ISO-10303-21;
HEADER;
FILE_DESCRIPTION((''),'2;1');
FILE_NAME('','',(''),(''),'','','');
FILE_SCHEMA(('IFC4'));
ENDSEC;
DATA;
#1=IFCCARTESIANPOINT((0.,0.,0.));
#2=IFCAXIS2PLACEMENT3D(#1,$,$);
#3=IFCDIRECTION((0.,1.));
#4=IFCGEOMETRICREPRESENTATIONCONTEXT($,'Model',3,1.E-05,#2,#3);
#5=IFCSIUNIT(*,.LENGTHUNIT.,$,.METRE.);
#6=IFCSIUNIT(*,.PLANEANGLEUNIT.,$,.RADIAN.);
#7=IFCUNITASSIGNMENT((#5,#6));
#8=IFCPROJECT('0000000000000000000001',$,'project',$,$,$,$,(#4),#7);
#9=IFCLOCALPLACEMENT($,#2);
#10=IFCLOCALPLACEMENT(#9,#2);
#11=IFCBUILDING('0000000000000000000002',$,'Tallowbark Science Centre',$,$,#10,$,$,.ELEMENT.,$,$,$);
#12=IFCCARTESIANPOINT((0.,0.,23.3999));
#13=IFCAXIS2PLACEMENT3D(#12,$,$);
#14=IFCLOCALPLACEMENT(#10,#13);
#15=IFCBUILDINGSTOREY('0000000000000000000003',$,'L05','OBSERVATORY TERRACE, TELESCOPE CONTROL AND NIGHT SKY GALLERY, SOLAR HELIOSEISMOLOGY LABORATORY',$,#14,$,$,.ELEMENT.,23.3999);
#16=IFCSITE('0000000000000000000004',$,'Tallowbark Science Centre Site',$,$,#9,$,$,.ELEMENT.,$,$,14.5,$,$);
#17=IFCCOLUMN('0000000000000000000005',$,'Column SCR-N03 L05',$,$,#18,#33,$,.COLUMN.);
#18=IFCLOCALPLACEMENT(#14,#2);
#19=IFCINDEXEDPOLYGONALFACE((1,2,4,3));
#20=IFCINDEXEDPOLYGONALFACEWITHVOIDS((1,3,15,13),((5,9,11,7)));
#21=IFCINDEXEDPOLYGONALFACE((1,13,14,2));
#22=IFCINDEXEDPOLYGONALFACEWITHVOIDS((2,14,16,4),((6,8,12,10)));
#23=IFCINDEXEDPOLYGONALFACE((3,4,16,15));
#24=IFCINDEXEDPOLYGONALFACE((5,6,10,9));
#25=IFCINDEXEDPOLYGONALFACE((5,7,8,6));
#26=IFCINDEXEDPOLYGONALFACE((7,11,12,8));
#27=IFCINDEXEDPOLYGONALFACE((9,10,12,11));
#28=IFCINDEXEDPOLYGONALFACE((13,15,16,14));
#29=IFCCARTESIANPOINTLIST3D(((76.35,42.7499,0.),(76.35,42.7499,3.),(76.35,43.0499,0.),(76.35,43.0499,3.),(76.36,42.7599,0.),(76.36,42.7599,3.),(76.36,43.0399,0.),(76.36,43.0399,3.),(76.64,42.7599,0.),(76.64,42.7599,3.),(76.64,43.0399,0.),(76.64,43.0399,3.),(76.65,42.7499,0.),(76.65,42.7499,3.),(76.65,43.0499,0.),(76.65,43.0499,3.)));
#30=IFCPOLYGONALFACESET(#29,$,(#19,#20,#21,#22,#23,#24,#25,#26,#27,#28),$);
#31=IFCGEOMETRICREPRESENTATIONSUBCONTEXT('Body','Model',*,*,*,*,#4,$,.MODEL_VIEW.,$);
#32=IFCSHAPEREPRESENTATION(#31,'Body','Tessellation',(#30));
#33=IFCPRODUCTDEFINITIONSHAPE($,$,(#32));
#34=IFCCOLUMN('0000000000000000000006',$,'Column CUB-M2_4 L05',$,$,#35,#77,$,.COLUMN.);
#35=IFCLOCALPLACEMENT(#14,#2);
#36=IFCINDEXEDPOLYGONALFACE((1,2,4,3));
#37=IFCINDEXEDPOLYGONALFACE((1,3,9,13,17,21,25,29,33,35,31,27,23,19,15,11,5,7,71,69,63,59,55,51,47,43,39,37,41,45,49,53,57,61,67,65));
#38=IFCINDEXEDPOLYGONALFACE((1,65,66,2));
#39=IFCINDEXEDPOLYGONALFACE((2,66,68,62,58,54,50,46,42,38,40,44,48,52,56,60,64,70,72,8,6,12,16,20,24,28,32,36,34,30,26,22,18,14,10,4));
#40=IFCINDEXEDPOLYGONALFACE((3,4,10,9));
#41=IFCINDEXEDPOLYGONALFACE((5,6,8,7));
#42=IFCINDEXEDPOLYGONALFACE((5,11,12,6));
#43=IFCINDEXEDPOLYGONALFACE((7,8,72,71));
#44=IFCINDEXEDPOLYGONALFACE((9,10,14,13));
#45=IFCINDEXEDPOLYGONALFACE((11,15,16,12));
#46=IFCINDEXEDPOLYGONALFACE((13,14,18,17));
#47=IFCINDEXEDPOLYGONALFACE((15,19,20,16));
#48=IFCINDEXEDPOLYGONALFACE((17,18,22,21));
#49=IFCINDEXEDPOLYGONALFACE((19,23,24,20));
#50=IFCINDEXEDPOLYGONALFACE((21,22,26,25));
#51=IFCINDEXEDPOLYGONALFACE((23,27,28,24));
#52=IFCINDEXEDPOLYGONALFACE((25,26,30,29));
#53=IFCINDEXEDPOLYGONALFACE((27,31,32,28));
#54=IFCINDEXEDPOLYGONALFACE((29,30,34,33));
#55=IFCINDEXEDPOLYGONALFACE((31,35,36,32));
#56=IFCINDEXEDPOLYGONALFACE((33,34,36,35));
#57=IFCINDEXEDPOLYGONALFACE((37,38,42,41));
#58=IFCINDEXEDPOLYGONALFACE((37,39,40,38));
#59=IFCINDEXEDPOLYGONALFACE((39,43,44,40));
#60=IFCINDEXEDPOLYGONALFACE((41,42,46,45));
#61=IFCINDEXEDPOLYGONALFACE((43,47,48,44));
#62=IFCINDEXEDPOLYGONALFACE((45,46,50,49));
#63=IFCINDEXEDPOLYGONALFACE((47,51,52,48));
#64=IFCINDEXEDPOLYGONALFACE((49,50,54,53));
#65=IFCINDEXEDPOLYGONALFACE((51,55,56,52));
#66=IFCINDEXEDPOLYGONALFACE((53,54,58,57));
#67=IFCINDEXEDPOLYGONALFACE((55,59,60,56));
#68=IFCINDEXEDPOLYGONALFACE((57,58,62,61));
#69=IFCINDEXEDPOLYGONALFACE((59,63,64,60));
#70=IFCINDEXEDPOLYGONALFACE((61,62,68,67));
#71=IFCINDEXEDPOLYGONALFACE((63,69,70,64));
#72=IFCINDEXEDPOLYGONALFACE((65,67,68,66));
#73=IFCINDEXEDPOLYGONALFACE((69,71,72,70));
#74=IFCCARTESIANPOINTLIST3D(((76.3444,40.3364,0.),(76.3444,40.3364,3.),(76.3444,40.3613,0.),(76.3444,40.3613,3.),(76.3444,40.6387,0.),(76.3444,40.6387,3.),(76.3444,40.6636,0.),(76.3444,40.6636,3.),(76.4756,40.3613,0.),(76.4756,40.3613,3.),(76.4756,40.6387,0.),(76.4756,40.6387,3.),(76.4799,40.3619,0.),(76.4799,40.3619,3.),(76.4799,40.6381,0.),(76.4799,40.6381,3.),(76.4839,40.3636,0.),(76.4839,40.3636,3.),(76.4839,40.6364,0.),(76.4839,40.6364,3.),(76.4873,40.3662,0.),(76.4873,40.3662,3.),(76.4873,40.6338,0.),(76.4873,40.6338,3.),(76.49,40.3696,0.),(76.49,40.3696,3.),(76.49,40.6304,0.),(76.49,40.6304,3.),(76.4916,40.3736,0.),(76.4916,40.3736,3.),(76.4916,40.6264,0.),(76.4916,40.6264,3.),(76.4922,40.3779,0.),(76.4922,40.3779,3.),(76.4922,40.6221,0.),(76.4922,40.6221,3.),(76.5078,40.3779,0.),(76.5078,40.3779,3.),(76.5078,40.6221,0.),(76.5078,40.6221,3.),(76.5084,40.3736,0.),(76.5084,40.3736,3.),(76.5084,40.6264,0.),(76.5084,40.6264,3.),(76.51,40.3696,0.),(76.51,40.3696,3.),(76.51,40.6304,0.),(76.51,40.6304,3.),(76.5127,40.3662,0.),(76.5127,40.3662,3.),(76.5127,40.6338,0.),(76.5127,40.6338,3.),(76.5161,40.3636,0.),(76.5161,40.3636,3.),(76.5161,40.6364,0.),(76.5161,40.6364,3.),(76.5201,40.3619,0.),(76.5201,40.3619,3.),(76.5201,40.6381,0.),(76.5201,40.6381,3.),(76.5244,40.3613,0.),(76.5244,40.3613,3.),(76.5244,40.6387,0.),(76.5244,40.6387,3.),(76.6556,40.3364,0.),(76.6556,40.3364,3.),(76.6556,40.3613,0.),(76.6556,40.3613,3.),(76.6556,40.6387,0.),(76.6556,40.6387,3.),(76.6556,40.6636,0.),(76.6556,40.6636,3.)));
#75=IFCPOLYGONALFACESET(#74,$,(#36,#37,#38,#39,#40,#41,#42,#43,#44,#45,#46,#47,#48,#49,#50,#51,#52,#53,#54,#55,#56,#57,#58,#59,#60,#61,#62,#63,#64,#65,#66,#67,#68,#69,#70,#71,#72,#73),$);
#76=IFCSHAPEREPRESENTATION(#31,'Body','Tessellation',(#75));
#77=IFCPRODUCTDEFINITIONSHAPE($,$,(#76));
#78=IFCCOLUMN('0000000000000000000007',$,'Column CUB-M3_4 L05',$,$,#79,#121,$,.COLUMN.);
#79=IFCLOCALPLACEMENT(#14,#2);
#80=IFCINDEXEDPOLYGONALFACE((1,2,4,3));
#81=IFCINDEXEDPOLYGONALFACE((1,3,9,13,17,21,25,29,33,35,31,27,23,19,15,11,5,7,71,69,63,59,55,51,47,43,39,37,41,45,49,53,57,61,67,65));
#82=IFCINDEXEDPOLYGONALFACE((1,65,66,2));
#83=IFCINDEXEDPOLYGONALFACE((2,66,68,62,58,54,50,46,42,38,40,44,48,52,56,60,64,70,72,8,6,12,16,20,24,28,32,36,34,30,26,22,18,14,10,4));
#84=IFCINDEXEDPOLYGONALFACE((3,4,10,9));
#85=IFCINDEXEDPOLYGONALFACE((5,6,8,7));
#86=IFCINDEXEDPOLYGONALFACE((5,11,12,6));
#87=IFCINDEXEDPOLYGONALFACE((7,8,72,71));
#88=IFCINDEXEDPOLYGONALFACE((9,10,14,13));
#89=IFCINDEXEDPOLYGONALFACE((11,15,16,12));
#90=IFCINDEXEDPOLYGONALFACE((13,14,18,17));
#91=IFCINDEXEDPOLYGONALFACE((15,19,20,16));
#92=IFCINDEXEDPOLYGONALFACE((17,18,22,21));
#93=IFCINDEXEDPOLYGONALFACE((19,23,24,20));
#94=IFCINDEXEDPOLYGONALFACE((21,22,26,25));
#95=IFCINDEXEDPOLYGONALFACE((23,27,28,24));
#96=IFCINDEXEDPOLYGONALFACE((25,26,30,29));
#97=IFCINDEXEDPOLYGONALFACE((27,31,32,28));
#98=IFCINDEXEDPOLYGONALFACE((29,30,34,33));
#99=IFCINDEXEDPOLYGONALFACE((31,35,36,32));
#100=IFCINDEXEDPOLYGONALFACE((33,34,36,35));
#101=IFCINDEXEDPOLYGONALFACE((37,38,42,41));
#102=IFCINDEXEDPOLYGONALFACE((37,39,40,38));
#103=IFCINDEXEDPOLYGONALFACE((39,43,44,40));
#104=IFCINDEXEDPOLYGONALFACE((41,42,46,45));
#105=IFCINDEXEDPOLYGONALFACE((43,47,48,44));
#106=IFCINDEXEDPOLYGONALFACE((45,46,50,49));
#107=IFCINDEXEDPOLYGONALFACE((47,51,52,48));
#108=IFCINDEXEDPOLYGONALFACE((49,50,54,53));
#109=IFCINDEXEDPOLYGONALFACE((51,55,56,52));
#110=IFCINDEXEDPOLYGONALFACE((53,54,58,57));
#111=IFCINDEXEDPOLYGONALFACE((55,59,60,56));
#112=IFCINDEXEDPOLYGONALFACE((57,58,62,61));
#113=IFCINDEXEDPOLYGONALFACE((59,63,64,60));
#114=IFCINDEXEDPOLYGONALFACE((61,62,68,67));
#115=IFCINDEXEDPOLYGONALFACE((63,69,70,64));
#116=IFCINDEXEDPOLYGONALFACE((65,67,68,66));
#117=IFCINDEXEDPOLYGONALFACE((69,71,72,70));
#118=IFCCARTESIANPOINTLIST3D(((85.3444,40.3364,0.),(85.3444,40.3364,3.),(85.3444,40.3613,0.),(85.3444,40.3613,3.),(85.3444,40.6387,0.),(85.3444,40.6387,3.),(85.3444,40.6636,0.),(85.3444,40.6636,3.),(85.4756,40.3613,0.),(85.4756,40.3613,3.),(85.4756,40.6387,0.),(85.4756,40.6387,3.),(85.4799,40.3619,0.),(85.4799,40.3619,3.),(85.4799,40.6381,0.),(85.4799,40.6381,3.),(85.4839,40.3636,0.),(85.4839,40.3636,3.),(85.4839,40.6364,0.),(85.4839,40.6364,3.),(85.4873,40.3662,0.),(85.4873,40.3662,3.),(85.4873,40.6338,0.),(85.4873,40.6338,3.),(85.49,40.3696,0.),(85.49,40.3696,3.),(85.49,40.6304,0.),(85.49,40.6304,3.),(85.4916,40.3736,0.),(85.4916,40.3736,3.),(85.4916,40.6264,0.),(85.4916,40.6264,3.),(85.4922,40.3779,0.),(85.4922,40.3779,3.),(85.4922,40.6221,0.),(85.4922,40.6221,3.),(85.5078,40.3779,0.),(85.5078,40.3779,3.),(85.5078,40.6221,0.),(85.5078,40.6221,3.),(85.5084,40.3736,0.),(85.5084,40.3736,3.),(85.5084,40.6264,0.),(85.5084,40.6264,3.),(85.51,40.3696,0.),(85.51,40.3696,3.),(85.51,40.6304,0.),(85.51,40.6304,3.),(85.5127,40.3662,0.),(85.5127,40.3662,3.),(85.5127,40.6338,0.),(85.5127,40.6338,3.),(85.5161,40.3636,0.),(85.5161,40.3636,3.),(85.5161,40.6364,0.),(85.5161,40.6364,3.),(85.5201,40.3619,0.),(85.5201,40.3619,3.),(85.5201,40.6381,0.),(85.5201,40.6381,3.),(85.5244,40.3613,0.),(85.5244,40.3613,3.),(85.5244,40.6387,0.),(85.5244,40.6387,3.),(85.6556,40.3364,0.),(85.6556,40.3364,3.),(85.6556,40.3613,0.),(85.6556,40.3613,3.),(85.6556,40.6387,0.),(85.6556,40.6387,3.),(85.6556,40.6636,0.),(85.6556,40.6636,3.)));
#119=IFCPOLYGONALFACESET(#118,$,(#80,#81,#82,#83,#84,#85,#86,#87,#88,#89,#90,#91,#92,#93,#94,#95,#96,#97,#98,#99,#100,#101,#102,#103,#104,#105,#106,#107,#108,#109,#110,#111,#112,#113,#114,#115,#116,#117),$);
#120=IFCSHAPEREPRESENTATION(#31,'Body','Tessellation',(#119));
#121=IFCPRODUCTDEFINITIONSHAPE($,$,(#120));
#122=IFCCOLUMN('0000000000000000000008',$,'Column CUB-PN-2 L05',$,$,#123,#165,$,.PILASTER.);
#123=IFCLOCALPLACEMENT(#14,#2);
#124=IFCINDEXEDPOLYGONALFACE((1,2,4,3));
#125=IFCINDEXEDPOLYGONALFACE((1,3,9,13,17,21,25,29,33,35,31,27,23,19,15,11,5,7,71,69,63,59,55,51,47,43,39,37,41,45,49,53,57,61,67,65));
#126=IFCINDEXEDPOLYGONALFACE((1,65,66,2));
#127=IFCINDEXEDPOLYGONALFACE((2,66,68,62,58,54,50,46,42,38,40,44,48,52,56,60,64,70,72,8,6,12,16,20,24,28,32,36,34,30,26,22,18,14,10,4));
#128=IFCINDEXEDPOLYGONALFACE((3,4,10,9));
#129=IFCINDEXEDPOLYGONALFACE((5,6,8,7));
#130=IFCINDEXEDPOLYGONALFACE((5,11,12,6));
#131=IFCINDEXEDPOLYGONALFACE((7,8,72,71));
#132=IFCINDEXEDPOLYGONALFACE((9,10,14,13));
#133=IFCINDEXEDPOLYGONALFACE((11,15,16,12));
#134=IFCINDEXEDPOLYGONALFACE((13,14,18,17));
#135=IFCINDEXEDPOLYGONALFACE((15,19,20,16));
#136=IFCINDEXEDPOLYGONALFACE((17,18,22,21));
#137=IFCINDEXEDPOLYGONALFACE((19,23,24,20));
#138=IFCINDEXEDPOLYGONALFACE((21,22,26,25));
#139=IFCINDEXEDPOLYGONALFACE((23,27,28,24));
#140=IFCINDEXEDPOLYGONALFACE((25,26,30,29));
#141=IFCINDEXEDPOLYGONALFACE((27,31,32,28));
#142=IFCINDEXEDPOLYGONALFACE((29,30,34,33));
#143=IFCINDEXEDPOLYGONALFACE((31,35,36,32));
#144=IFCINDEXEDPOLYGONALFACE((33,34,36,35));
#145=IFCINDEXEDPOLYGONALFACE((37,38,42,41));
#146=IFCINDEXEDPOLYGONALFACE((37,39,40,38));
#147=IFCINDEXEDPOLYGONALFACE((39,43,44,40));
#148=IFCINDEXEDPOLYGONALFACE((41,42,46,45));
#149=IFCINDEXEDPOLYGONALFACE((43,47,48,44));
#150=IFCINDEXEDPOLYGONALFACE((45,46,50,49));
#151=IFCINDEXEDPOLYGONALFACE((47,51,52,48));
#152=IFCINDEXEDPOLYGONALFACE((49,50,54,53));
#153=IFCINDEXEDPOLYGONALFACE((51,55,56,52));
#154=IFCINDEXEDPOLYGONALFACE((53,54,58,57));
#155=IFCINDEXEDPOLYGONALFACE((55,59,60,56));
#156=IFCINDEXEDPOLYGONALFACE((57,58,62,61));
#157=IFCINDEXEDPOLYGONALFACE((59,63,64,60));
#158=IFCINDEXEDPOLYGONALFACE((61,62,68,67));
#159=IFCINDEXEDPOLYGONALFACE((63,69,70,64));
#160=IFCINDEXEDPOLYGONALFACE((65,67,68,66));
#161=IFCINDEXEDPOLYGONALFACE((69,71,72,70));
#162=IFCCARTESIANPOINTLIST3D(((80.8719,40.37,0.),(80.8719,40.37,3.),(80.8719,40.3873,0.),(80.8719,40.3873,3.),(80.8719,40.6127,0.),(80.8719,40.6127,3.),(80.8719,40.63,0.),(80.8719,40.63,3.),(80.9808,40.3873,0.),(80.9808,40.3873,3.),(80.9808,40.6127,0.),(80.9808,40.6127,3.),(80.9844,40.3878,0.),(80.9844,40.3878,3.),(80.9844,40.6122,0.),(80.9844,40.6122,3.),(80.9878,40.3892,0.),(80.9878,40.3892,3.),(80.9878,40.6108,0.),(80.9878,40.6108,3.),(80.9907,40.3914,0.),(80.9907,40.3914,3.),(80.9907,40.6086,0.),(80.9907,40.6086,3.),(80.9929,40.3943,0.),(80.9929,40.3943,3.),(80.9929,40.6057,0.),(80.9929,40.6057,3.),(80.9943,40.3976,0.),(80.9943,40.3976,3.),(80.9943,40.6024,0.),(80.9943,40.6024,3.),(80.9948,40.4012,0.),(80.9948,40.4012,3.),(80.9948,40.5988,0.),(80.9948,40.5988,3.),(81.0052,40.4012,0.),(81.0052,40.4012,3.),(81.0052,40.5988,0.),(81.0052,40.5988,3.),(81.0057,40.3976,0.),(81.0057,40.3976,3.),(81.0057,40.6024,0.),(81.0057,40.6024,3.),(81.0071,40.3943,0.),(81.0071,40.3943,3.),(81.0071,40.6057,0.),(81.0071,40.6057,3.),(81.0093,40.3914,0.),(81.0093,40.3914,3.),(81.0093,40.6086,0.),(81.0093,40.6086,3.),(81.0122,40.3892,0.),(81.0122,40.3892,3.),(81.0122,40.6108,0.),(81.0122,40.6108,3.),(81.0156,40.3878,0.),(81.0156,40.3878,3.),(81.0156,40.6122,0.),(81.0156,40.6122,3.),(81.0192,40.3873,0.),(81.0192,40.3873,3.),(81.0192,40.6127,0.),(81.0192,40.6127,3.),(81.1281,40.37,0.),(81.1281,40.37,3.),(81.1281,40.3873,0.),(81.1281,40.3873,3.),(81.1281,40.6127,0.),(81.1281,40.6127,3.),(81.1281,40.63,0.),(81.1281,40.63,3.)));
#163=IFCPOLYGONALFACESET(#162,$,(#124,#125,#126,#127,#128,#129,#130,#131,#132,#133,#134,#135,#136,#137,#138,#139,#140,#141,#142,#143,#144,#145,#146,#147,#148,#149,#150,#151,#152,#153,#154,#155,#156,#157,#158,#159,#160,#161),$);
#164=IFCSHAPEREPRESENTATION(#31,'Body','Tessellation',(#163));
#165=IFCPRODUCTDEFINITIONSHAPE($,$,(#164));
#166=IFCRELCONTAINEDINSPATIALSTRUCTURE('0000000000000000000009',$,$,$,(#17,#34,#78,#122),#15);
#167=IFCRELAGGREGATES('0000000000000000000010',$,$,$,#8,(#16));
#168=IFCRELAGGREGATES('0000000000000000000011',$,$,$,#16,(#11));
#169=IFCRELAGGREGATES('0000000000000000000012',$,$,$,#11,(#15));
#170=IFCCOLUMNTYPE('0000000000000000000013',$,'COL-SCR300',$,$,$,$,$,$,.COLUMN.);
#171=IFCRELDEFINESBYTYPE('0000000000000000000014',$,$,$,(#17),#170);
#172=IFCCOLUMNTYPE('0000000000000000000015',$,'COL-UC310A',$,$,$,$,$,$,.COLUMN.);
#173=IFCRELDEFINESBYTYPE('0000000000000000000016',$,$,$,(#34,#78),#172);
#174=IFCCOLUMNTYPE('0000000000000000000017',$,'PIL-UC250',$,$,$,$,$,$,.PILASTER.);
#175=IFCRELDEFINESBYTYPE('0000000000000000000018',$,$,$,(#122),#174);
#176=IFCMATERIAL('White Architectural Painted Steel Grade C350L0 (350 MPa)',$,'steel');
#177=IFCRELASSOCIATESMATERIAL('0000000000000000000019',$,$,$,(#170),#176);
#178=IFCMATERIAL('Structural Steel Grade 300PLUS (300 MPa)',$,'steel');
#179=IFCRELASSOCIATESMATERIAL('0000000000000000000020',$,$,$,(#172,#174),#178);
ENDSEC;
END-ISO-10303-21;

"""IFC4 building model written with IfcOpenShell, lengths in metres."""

from ifc_helpers import new_model, si_unit, direction, frame, origin, origin_2d, place, context, subcontext, project, spatial, hollow_rectangle, i_section, extrude, material, material_profile, profile_set, type_object, element, save


model = new_model("IFC4")

# Units and contexts
model_context = context("Model", 3, precision=1e-05, world=origin(), true_north=direction((0.0, 1.0)))
body_context = subcontext(model_context, "Body", "Model", "MODEL_VIEW")
ifc_project = project(units=[si_unit("LENGTHUNIT", "METRE"), si_unit("PLANEANGLEUNIT", "RADIAN")], contexts=[model_context])

# Site, building, storey
site_placement = place(None, origin())
site = spatial("IfcSite", under=ifc_project, at=site_placement, Name="Tallowbark Science Centre Site", CompositionType="ELEMENT", RefElevation=14.5)
building_placement = place(site_placement, origin())
building = spatial("IfcBuilding", under=site, at=building_placement, Name="Tallowbark Science Centre", CompositionType="ELEMENT")
storey_placement = place(building_placement, frame((0.0, 0.0, 23.3999)))
storey = spatial("IfcBuildingStorey", under=building, at=storey_placement, Name="L05", Description="OBSERVATORY TERRACE, TELESCOPE CONTROL AND NIGHT SKY GALLERY, SOLAR HELIOSEISMOLOGY LABORATORY", CompositionType="ELEMENT", Elevation=23.3999)

# Columns
ifc_material_1 = material(Name="White Architectural Painted Steel Grade C350L0 (350 MPa)", Category="steel")
ifc_material_profile_1 = material_profile(ifc_material_1, hollow_rectangle(XDim=0.3, YDim=0.3, WallThickness=0.01, at=origin_2d()), Name="300x300x10.0SHS")
ifc_profile_set_1 = profile_set([ifc_material_profile_1], Name="White Architectural Painted Steel Grade C350L0 (350 MPa)")
column_type_1 = type_object("IfcColumnType", Name="COL-SCR300", PredefinedType="COLUMN", material=ifc_profile_set_1)
column_1_placement = place(storey_placement, frame((76.5, 42.8999, 0.0), z_axis=(0.0, 0.0, 1.0), x_axis=(1.0, 0.0, 0.0)))
element("IfcColumn", 1, at=column_1_placement, inside=storey, type_object=column_type_1, Name="Column SCR-N03 L05", PredefinedType="COLUMN", context=body_context, shape_type="SweptSolid", body=[
    extrude(hollow_rectangle(XDim=0.3, YDim=0.3, WallThickness=0.01, at=origin_2d()), origin(), (0.0, 0.0, 1.0), 3.0),
])
ifc_material_2 = material(Name="Structural Steel Grade 300PLUS (300 MPa)", Category="steel")
ifc_material_profile_2 = material_profile(ifc_material_2, i_section(OverallWidth=0.3113, OverallDepth=0.3271, WebThickness=0.0156, FlangeThickness=0.0249, FilletRadius=0.0166, at=origin_2d()), Name="310UC158")
ifc_profile_set_2 = profile_set([ifc_material_profile_2], Name="Structural Steel Grade 300PLUS (300 MPa)")
column_type_2 = type_object("IfcColumnType", Name="COL-UC310A", PredefinedType="COLUMN", material=ifc_profile_set_2)
for number, where, z_axis, x_axis, name in (
    (2, (76.5, 40.5, 0.0), (0.0, 0.0, 1.0), (1.0, 0.0, 0.0), "Column CUB-M2_4 L05"),
    (3, (85.5, 40.5, 0.0), (0.0, 0.0, 1.0), (1.0, 0.0, 0.0), "Column CUB-M3_4 L05"),
):
    element("IfcColumn", number, at=place(storey_placement, frame(where, z_axis=z_axis, x_axis=x_axis)), inside=storey, type_object=column_type_2, Name=name, PredefinedType="COLUMN", context=body_context, shape_type="SweptSolid", body=[
        extrude(i_section(OverallWidth=0.3113, OverallDepth=0.3271, WebThickness=0.0156, FlangeThickness=0.0249, FilletRadius=0.0166, at=origin_2d()), origin(), (0.0, 0.0, 1.0), 3.0),
    ])
ifc_material_profile_3 = material_profile(ifc_material_2, i_section(OverallWidth=0.2561, OverallDepth=0.26, WebThickness=0.0105, FlangeThickness=0.0173, FilletRadius=0.0139, at=origin_2d()), Name="250UC89.5")
ifc_profile_set_3 = profile_set([ifc_material_profile_3], Name="Structural Steel Grade 300PLUS (300 MPa)")
column_type_3 = type_object("IfcColumnType", Name="PIL-UC250", PredefinedType="PILASTER", material=ifc_profile_set_3)
column_2_placement = place(storey_placement, frame((81.0, 40.5, 0.0), z_axis=(0.0, 0.0, 1.0), x_axis=(1.0, 0.0, 0.0)))
element("IfcColumn", 4, at=column_2_placement, inside=storey, type_object=column_type_3, Name="Column CUB-PN-2 L05", PredefinedType="PILASTER", context=body_context, shape_type="SweptSolid", body=[
    extrude(i_section(OverallWidth=0.2561, OverallDepth=0.26, WebThickness=0.0105, FlangeThickness=0.0173, FilletRadius=0.0139, at=origin_2d()), origin(), (0.0, 0.0, 1.0), 3.0),
])

save(model, "model.ifc")
